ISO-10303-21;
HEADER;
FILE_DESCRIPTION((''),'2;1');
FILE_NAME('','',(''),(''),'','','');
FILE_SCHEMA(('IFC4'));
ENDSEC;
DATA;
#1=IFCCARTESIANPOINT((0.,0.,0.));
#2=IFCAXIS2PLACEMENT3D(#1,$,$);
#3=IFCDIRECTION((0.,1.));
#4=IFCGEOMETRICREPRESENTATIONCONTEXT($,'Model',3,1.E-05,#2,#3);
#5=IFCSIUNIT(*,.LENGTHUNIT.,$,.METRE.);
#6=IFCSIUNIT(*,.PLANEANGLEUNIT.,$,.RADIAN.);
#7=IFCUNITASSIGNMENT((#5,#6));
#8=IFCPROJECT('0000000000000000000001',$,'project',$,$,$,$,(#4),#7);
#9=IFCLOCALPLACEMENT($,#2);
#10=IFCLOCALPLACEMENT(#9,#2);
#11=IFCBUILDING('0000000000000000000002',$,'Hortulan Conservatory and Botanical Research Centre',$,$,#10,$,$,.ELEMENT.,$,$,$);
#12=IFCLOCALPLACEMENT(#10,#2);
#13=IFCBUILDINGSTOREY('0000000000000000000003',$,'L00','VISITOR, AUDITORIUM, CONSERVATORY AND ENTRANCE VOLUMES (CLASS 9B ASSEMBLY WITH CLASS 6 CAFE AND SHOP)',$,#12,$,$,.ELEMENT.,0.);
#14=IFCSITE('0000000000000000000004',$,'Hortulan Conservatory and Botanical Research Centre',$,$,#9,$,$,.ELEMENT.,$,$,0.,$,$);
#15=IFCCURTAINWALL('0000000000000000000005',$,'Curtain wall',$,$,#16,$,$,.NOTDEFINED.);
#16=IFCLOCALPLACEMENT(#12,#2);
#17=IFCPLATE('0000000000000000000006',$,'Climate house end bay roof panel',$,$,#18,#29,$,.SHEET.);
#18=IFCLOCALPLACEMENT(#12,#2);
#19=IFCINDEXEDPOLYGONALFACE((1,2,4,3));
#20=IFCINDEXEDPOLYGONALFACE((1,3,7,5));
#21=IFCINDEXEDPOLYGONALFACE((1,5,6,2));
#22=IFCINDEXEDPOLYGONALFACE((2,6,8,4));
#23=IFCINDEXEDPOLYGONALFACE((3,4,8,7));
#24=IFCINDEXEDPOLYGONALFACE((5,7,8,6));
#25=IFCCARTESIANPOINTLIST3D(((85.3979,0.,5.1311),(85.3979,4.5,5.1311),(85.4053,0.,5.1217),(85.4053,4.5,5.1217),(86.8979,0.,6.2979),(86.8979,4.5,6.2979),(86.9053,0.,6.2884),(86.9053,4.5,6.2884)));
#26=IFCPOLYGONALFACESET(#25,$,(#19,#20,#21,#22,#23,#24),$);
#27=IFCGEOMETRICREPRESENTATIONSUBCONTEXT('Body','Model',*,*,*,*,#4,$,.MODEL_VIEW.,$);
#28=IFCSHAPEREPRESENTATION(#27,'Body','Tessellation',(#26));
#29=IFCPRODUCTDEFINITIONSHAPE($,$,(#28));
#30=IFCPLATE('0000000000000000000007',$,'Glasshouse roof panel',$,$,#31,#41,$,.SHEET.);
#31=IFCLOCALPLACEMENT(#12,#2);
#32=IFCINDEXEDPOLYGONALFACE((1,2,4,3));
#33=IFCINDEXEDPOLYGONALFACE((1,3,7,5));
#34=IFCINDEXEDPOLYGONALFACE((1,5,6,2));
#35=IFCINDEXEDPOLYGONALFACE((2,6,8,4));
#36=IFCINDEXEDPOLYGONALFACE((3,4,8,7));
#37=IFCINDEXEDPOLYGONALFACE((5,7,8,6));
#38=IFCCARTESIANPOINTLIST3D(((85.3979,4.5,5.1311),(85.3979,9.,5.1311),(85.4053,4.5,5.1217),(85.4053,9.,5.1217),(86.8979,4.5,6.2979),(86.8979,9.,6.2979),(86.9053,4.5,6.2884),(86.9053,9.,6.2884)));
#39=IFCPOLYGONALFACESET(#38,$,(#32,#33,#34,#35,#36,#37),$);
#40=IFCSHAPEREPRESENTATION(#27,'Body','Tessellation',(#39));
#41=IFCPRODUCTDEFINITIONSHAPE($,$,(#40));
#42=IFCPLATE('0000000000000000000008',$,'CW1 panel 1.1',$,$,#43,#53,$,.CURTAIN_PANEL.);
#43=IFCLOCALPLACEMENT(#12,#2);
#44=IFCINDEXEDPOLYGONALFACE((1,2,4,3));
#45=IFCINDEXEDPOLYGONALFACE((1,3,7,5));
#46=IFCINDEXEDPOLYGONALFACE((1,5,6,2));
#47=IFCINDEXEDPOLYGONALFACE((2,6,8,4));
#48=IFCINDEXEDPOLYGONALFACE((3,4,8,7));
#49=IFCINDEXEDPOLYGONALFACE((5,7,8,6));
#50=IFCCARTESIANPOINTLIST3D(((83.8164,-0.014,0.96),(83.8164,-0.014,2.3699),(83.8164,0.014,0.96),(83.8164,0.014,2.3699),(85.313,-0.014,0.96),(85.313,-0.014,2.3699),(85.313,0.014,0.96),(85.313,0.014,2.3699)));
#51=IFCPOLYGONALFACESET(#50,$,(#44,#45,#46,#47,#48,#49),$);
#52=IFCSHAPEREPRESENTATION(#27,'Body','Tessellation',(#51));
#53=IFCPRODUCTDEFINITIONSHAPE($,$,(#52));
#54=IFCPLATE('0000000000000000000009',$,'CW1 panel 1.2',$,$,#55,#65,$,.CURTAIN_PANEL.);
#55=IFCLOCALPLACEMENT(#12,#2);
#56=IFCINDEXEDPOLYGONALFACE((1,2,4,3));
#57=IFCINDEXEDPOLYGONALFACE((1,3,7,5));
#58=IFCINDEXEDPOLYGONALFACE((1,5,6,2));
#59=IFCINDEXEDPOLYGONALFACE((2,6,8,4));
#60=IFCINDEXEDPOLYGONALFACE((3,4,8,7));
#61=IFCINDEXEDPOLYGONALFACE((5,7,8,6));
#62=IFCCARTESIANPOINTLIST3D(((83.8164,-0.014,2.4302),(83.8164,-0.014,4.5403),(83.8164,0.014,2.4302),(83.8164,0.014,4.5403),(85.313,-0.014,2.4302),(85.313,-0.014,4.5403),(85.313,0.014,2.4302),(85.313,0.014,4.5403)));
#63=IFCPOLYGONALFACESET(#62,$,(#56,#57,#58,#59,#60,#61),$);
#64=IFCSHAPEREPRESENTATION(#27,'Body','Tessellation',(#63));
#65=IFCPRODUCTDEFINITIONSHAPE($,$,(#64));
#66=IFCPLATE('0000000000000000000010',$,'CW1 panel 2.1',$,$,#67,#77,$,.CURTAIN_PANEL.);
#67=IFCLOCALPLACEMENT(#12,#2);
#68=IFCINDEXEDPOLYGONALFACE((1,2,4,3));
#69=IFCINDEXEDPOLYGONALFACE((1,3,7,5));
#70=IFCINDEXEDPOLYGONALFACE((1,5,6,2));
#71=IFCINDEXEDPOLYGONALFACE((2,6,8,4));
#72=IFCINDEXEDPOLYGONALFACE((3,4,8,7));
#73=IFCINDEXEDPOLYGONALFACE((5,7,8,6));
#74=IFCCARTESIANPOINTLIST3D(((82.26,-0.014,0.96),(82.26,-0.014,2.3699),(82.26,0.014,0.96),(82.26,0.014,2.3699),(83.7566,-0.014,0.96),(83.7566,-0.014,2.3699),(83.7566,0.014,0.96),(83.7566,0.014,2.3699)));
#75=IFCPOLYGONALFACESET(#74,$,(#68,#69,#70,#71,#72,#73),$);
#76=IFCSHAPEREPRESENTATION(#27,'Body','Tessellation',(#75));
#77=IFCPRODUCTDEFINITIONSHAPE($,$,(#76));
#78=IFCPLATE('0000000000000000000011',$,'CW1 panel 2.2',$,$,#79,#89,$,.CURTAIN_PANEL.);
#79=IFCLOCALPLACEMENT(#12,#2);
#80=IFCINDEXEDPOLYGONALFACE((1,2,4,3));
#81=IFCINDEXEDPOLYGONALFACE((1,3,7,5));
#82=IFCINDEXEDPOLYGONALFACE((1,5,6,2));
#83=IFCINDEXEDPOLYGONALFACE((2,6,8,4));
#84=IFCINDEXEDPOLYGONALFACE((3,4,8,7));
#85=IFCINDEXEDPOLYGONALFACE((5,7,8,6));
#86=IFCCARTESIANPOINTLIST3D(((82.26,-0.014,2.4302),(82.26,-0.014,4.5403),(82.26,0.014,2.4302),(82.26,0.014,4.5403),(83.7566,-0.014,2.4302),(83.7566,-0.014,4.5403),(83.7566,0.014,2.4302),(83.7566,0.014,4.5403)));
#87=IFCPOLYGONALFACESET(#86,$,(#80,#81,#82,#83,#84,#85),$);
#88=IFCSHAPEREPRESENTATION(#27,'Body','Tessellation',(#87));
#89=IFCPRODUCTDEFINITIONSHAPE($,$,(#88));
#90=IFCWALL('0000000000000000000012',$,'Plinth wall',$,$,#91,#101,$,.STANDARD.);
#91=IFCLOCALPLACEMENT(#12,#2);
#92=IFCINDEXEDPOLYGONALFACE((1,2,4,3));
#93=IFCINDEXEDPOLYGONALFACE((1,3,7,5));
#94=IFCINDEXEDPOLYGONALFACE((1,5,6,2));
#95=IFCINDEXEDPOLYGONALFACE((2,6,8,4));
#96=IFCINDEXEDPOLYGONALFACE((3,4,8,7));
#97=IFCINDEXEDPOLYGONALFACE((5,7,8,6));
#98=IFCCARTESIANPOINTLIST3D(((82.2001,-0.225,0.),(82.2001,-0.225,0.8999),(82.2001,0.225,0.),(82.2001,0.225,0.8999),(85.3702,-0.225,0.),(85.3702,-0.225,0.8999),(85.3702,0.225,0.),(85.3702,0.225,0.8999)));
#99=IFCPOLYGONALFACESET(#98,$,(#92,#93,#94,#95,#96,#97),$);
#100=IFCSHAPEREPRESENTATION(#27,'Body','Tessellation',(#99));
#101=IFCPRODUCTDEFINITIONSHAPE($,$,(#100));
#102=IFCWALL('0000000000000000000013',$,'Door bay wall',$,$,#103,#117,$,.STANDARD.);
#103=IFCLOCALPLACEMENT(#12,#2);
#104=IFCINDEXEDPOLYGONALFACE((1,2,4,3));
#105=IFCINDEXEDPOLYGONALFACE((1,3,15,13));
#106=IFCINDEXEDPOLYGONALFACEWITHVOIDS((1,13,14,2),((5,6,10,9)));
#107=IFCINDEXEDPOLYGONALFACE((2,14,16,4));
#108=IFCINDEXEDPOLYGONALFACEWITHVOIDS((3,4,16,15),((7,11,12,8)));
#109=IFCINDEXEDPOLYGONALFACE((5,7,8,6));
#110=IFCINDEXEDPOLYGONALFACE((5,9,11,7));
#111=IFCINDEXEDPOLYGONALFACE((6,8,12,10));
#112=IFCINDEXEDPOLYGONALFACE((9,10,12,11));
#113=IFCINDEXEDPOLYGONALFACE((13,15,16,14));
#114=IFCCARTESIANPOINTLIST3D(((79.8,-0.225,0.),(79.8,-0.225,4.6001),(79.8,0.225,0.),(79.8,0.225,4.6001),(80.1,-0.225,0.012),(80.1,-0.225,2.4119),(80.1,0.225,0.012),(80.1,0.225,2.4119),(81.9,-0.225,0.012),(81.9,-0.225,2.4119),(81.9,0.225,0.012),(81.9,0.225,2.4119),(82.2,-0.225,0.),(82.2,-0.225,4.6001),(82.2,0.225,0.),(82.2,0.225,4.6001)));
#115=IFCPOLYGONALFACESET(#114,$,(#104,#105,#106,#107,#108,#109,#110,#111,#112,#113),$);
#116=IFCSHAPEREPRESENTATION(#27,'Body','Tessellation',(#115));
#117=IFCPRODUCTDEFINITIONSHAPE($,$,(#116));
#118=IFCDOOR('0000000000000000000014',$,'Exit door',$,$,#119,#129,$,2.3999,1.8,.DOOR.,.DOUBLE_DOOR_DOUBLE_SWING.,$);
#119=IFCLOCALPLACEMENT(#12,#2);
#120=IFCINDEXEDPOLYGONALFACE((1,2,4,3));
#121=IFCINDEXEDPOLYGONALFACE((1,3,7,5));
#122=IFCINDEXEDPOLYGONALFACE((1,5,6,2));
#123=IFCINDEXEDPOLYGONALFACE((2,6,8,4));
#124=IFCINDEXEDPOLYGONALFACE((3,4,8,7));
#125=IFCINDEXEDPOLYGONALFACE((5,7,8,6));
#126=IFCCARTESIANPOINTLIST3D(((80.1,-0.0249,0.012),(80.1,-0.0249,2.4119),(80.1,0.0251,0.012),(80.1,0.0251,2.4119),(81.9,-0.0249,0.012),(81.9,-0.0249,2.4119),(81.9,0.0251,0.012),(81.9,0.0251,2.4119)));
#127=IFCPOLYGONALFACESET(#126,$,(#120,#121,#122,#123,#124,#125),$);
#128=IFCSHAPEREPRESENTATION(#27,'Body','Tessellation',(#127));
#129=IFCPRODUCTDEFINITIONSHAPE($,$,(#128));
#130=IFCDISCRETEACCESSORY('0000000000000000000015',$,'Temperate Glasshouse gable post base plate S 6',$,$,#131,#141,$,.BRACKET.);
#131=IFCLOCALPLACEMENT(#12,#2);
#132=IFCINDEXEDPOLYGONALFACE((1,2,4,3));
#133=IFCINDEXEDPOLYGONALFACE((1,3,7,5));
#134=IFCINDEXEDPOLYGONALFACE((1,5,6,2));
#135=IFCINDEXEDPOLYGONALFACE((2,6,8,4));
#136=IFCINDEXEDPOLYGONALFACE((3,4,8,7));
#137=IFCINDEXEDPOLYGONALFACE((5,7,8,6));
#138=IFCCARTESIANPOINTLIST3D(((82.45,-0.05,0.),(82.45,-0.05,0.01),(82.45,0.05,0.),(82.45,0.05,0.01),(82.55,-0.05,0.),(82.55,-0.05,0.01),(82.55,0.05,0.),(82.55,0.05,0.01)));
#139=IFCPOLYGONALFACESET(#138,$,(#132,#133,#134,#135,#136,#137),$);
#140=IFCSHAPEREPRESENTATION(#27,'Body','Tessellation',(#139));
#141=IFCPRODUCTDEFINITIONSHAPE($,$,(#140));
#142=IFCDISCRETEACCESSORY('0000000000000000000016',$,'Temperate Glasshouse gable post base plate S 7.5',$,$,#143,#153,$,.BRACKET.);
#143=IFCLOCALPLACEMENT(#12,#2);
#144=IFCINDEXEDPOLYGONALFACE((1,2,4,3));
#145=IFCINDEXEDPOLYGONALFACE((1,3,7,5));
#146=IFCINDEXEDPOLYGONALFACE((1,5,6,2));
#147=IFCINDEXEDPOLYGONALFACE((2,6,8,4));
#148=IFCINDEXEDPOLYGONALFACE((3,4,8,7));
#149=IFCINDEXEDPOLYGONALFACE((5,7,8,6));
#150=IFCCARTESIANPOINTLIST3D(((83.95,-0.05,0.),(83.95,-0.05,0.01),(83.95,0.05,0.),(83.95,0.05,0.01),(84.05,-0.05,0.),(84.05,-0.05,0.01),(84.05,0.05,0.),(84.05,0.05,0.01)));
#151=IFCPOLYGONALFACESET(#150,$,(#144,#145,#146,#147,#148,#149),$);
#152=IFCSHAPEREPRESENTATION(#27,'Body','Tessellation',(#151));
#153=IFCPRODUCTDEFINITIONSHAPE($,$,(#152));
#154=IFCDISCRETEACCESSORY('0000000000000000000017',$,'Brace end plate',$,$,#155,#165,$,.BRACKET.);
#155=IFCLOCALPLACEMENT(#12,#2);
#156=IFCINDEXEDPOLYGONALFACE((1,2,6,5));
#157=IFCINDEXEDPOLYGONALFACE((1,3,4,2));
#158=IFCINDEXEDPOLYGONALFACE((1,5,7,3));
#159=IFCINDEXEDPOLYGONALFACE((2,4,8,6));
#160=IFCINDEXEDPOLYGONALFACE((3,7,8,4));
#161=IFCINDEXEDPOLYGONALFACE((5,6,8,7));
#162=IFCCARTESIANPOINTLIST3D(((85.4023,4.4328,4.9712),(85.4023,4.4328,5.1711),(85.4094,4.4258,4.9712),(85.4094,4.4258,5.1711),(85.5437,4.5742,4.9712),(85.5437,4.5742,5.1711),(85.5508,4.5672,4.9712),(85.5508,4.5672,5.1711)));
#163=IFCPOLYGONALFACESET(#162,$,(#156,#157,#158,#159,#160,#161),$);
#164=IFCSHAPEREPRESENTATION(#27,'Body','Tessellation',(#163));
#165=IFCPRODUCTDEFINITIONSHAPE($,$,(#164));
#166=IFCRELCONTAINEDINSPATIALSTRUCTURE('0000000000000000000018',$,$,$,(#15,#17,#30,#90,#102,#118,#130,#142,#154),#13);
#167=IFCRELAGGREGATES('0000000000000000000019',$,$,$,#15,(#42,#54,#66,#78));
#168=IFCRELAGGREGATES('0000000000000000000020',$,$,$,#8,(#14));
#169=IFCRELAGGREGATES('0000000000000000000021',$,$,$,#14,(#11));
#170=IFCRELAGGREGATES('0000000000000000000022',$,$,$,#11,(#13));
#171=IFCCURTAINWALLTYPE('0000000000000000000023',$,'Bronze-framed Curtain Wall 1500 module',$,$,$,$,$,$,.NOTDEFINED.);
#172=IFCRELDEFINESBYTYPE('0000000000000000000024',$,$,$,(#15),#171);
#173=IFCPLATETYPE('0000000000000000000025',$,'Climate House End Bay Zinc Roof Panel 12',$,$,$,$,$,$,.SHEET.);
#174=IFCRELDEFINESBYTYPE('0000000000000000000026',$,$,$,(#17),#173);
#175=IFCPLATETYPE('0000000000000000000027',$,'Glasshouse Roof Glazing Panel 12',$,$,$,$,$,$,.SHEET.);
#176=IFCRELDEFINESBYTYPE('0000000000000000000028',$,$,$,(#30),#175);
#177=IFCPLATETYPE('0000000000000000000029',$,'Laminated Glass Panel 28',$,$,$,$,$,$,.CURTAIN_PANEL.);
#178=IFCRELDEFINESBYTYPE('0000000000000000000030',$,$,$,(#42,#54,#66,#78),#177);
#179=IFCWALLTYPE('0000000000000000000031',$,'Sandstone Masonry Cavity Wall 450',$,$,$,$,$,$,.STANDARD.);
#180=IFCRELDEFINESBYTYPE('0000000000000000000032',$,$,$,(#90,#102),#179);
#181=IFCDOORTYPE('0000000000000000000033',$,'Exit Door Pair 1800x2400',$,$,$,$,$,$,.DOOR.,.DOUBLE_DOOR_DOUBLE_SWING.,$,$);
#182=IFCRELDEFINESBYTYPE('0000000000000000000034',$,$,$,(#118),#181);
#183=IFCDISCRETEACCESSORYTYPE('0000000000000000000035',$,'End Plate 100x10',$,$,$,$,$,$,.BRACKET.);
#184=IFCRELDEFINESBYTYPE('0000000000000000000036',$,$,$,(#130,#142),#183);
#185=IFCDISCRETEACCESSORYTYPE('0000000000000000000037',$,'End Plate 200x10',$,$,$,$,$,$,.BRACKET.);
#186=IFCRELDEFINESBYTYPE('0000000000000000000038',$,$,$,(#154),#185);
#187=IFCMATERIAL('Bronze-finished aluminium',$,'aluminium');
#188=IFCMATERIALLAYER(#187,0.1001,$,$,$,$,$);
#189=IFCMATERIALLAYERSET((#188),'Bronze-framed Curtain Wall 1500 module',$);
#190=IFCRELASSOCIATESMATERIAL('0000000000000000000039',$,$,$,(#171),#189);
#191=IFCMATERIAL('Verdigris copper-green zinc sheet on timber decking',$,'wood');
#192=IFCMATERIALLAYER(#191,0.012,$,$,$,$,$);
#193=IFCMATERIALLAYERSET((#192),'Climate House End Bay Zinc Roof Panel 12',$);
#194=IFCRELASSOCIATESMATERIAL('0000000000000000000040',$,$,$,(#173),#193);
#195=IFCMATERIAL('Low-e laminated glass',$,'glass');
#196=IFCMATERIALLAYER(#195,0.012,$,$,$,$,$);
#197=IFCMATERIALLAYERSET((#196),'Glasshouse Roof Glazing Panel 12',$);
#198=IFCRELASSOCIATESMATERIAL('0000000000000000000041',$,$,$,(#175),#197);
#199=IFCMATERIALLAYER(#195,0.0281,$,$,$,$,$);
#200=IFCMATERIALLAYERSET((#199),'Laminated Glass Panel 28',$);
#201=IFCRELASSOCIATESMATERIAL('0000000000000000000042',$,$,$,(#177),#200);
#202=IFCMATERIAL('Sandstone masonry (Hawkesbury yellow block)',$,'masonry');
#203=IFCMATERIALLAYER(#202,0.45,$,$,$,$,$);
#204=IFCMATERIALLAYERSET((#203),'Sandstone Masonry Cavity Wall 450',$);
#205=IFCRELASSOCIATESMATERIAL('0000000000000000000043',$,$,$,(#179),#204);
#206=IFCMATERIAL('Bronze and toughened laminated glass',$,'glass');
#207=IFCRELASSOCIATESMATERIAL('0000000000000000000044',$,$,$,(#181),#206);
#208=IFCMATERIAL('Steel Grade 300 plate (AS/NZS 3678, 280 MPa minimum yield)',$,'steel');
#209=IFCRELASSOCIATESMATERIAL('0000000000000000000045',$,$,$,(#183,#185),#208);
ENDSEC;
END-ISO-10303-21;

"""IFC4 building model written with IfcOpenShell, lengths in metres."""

from ifc_helpers import new_model, si_unit, direction, frame, frame_2d, origin, origin_2d, place, context, subcontext, project, spatial, polyline, rectangle, outline, extrude, material, layer, layer_set, type_object, element, fill, aggregate, save


model = new_model("IFC4")

# Units and contexts
model_context = context("Model", 3, precision=1e-05, world=origin(), true_north=direction((0.0, 1.0)))
body_context = subcontext(model_context, "Body", "Model", "MODEL_VIEW")
ifc_project = project(units=[si_unit("LENGTHUNIT", "METRE"), si_unit("PLANEANGLEUNIT", "RADIAN")], contexts=[model_context])

# Site, building, storey
site_placement = place(None, origin())
site = spatial("IfcSite", under=ifc_project, at=site_placement, Name="Hortulan Conservatory and Botanical Research Centre", CompositionType="ELEMENT", RefElevation=0.0)
building_placement = place(site_placement, origin())
building = spatial("IfcBuilding", under=site, at=building_placement, Name="Hortulan Conservatory and Botanical Research Centre", CompositionType="ELEMENT")
storey_placement = place(building_placement, origin())
storey = spatial("IfcBuildingStorey", under=building, at=storey_placement, Name="L00", Description="VISITOR, AUDITORIUM, CONSERVATORY AND ENTRANCE VOLUMES (CLASS 9B ASSEMBLY WITH CLASS 6 CAFE AND SHOP)", CompositionType="ELEMENT", Elevation=0.0)

# Curtain wall
ifc_material_1 = material(Name="Bronze-finished aluminium", Category="aluminium")
ifc_layer_1 = layer(ifc_material_1, 0.1001)
ifc_layer_set_1 = layer_set([ifc_layer_1], Name="Bronze-framed Curtain Wall 1500 module")
curtain_wall_type = type_object("IfcCurtainWallType", Name="Bronze-framed Curtain Wall 1500 module", PredefinedType="NOTDEFINED", material=ifc_layer_set_1)
curtain_wall_placement = place(storey_placement, origin())
curtain_wall = element("IfcCurtainWall", 1, at=curtain_wall_placement, inside=storey, type_object=curtain_wall_type, Name="Curtain wall", PredefinedType="NOTDEFINED")

# Plates
ifc_material_2 = material(Name="Verdigris copper-green zinc sheet on timber decking", Category="wood")
ifc_layer_2 = layer(ifc_material_2, 0.012)
ifc_layer_set_2 = layer_set([ifc_layer_2], Name="Climate House End Bay Zinc Roof Panel 12")
plate_type_1 = type_object("IfcPlateType", Name="Climate House End Bay Zinc Roof Panel 12", PredefinedType="SHEET", material=ifc_layer_set_2)
plate_1_placement = place(storey_placement, frame((85.3979, 0.0, 5.1311), z_axis=(-0.613967, 0.0, 0.789331), x_axis=(0.789331, 0.0, 0.613967)))
element("IfcPlate", 2, at=plate_1_placement, inside=storey, type_object=plate_type_1, Name="Climate house end bay roof panel", PredefinedType="SHEET", context=body_context, shape_type="SweptSolid", body=[
    extrude(outline(polyline([(0.0, 0.0), (1.9003, 0.0), (1.9003, 4.5), (0.0, 4.5), (0.0, 0.0)])), origin(), (0.0, 0.0, -1.0), 0.012),
])
ifc_material_3 = material(Name="Low-e laminated glass", Category="glass")
ifc_layer_3 = layer(ifc_material_3, 0.012)
ifc_layer_set_3 = layer_set([ifc_layer_3], Name="Glasshouse Roof Glazing Panel 12")
plate_type_2 = type_object("IfcPlateType", Name="Glasshouse Roof Glazing Panel 12", PredefinedType="SHEET", material=ifc_layer_set_3)
plate_2_placement = place(storey_placement, frame((85.3979, 4.5, 5.1311), z_axis=(-0.613967, 0.0, 0.789331), x_axis=(0.789331, 0.0, 0.613967)))
element("IfcPlate", 3, at=plate_2_placement, inside=storey, type_object=plate_type_2, Name="Glasshouse roof panel", PredefinedType="SHEET", context=body_context, shape_type="SweptSolid", body=[
    extrude(outline(polyline([(0.0, 0.0), (1.9003, 0.0), (1.9003, 4.5), (0.0, 4.5), (0.0, 0.0)])), origin(), (0.0, 0.0, -1.0), 0.012),
])

# Plates
ifc_layer_4 = layer(ifc_material_3, 0.0281)
ifc_layer_set_4 = layer_set([ifc_layer_4], Name="Laminated Glass Panel 28")
plate_type_3 = type_object("IfcPlateType", Name="Laminated Glass Panel 28", PredefinedType="CURTAIN_PANEL", material=ifc_layer_set_4)
plate_3_placement = place(storey_placement, frame((84.5647, 0.0, 0.96), z_axis=(0.0, 0.0, 1.0), x_axis=(-1.0, 0.0, 0.0)))
plate_3 = element("IfcPlate", 4, at=plate_3_placement, type_object=plate_type_3, Name="CW1 panel 1.1", PredefinedType="CURTAIN_PANEL", context=body_context, shape_type="SweptSolid", body=[
    extrude(rectangle(XDim=1.4966, YDim=0.0281, at=origin_2d()), origin(), (0.0, 0.0, 1.0), 1.4099),
])
plate_4_placement = place(storey_placement, frame((84.5647, 0.0, 2.4302), z_axis=(0.0, 0.0, 1.0), x_axis=(-1.0, 0.0, 0.0)))
plate_4 = element("IfcPlate", 5, at=plate_4_placement, type_object=plate_type_3, Name="CW1 panel 1.2", PredefinedType="CURTAIN_PANEL", context=body_context, shape_type="SweptSolid", body=[
    extrude(rectangle(XDim=1.4966, YDim=0.0281, at=origin_2d()), origin(), (0.0, 0.0, 1.0), 2.1101),
])
plate_5_placement = place(storey_placement, frame((83.0083, 0.0, 0.96), z_axis=(0.0, 0.0, 1.0), x_axis=(-1.0, 0.0, 0.0)))
plate_5 = element("IfcPlate", 6, at=plate_5_placement, type_object=plate_type_3, Name="CW1 panel 2.1", PredefinedType="CURTAIN_PANEL", context=body_context, shape_type="SweptSolid", body=[
    extrude(rectangle(XDim=1.4966, YDim=0.0281, at=origin_2d()), origin(), (0.0, 0.0, 1.0), 1.4099),
])
plate_6_placement = place(storey_placement, frame((83.0083, 0.0, 2.4302), z_axis=(0.0, 0.0, 1.0), x_axis=(-1.0, 0.0, 0.0)))
plate_6 = element("IfcPlate", 7, at=plate_6_placement, type_object=plate_type_3, Name="CW1 panel 2.2", PredefinedType="CURTAIN_PANEL", context=body_context, shape_type="SweptSolid", body=[
    extrude(rectangle(XDim=1.4966, YDim=0.0281, at=origin_2d()), origin(), (0.0, 0.0, 1.0), 2.1101),
])
aggregate(curtain_wall, [plate_3, plate_4, plate_5, plate_6])

# Wall
ifc_material_4 = material(Name="Sandstone masonry (Hawkesbury yellow block)", Category="masonry")
ifc_layer_5 = layer(ifc_material_4, 0.45)
ifc_layer_set_5 = layer_set([ifc_layer_5], Name="Sandstone Masonry Cavity Wall 450")
wall_type = type_object("IfcWallType", Name="Sandstone Masonry Cavity Wall 450", PredefinedType="STANDARD", material=ifc_layer_set_5)
wall_1_placement = place(storey_placement, frame((85.3701, 0.0, 0.0), z_axis=(0.0, 0.0, 1.0), x_axis=(-1.0, 0.0, 0.0)))
element("IfcWall", 8, at=wall_1_placement, inside=storey, type_object=wall_type, Name="Plinth wall", PredefinedType="STANDARD", context=body_context, shape_type="SweptSolid", body=[
    extrude(rectangle(XDim=3.1702, YDim=0.45, at=frame_2d((1.585, 0.0))), origin(), (0.0, 0.0, 1.0), 0.8999),
])

# Wall, opening, door
wall_2_placement = place(storey_placement, frame((82.2, 0.0, 0.0), z_axis=(0.0, 0.0, 1.0), x_axis=(-1.0, 0.0, 0.0)))
wall_2 = element("IfcWall", 9, at=wall_2_placement, inside=storey, type_object=wall_type, Name="Door bay wall", PredefinedType="STANDARD", context=body_context, shape_type="SweptSolid", body=[
    extrude(rectangle(XDim=2.3999, YDim=0.45, at=frame_2d((1.2, 0.0))), origin(), (0.0, 0.0, 1.0), 4.6001),
])
opening_placement = place(wall_2_placement, frame((0.3, 0.0, 0.012)))
opening = element("IfcOpeningElement", 10, at=opening_placement, cuts=wall_2, PredefinedType="OPENING", context=body_context, shape_type="SweptSolid", body=[
    extrude(rectangle(XDim=1.8, YDim=2.3999, at=frame_2d((0.8999, 1.2))), frame((0.0, 0.2349, 0.0), z_axis=(0.0, -1.0, 0.0), x_axis=(1.0, 0.0, 0.0)), (0.0, 0.0, 1.0), 0.47),
])
ifc_material_5 = material(Name="Bronze and toughened laminated glass", Category="glass")
door_type = type_object("IfcDoorType", Name="Exit Door Pair 1800x2400", OperationType="DOUBLE_DOOR_DOUBLE_SWING", PredefinedType="DOOR", material=ifc_material_5)
door_placement = place(opening_placement, origin())
door = element("IfcDoor", 11, at=door_placement, inside=storey, type_object=door_type, Name="Exit door", OperationType="DOUBLE_DOOR_DOUBLE_SWING", OverallHeight=2.3999, OverallWidth=1.8, PredefinedType="DOOR", context=body_context, shape_type="SweptSolid", body=[
    extrude(rectangle(XDim=1.8, YDim=2.3999, at=frame_2d((0.8999, 1.2))), frame((0.0, 0.0249, 0.0), z_axis=(0.0, -1.0, 0.0), x_axis=(1.0, 0.0, 0.0)), (0.0, 0.0, 1.0), 0.05),
])
fill(opening, door)

# Discrete accessories
ifc_material_6 = material(Name="Steel Grade 300 plate (AS/NZS 3678, 280 MPa minimum yield)", Category="steel")
discrete_accessory_type_1 = type_object("IfcDiscreteAccessoryType", Name="End Plate 100x10", PredefinedType="BRACKET", material=ifc_material_6)
for number, where, z_axis, x_axis, name in (
    (12, (82.5, 0.0, 0.0), (0.0, 0.0, 1.0), (1.0, 0.0, 0.0), "Temperate Glasshouse gable post base plate S 6"),
    (13, (84.0, 0.0, 0.0), (0.0, 0.0, 1.0), (1.0, 0.0, 0.0), "Temperate Glasshouse gable post base plate S 7.5"),
):
    element("IfcDiscreteAccessory", number, at=place(storey_placement, frame(where, z_axis=z_axis, x_axis=x_axis)), inside=storey, type_object=discrete_accessory_type_1, Name=name, PredefinedType="BRACKET", context=body_context, shape_type="SweptSolid", body=[
        extrude(rectangle(XDim=0.1001, YDim=0.1001, at=origin_2d()), origin(), (0.0, 0.0, 1.0), 0.01),
    ])
discrete_accessory_type_2 = type_object("IfcDiscreteAccessoryType", Name="End Plate 200x10", PredefinedType="BRACKET", material=ifc_material_6)
discrete_accessory_placement = place(storey_placement, frame((85.4766, 4.5, 4.9712), z_axis=(0.0, 0.0, 1.0), x_axis=(0.707107, 0.707107, 0.0)))
element("IfcDiscreteAccessory", 14, at=discrete_accessory_placement, inside=storey, type_object=discrete_accessory_type_2, Name="Brace end plate", PredefinedType="BRACKET", context=body_context, shape_type="SweptSolid", body=[
    extrude(rectangle(XDim=0.2, YDim=0.01, at=origin_2d()), origin(), (0.0, 0.0, 1.0), 0.2),
])

save(model, "model.ifc")
